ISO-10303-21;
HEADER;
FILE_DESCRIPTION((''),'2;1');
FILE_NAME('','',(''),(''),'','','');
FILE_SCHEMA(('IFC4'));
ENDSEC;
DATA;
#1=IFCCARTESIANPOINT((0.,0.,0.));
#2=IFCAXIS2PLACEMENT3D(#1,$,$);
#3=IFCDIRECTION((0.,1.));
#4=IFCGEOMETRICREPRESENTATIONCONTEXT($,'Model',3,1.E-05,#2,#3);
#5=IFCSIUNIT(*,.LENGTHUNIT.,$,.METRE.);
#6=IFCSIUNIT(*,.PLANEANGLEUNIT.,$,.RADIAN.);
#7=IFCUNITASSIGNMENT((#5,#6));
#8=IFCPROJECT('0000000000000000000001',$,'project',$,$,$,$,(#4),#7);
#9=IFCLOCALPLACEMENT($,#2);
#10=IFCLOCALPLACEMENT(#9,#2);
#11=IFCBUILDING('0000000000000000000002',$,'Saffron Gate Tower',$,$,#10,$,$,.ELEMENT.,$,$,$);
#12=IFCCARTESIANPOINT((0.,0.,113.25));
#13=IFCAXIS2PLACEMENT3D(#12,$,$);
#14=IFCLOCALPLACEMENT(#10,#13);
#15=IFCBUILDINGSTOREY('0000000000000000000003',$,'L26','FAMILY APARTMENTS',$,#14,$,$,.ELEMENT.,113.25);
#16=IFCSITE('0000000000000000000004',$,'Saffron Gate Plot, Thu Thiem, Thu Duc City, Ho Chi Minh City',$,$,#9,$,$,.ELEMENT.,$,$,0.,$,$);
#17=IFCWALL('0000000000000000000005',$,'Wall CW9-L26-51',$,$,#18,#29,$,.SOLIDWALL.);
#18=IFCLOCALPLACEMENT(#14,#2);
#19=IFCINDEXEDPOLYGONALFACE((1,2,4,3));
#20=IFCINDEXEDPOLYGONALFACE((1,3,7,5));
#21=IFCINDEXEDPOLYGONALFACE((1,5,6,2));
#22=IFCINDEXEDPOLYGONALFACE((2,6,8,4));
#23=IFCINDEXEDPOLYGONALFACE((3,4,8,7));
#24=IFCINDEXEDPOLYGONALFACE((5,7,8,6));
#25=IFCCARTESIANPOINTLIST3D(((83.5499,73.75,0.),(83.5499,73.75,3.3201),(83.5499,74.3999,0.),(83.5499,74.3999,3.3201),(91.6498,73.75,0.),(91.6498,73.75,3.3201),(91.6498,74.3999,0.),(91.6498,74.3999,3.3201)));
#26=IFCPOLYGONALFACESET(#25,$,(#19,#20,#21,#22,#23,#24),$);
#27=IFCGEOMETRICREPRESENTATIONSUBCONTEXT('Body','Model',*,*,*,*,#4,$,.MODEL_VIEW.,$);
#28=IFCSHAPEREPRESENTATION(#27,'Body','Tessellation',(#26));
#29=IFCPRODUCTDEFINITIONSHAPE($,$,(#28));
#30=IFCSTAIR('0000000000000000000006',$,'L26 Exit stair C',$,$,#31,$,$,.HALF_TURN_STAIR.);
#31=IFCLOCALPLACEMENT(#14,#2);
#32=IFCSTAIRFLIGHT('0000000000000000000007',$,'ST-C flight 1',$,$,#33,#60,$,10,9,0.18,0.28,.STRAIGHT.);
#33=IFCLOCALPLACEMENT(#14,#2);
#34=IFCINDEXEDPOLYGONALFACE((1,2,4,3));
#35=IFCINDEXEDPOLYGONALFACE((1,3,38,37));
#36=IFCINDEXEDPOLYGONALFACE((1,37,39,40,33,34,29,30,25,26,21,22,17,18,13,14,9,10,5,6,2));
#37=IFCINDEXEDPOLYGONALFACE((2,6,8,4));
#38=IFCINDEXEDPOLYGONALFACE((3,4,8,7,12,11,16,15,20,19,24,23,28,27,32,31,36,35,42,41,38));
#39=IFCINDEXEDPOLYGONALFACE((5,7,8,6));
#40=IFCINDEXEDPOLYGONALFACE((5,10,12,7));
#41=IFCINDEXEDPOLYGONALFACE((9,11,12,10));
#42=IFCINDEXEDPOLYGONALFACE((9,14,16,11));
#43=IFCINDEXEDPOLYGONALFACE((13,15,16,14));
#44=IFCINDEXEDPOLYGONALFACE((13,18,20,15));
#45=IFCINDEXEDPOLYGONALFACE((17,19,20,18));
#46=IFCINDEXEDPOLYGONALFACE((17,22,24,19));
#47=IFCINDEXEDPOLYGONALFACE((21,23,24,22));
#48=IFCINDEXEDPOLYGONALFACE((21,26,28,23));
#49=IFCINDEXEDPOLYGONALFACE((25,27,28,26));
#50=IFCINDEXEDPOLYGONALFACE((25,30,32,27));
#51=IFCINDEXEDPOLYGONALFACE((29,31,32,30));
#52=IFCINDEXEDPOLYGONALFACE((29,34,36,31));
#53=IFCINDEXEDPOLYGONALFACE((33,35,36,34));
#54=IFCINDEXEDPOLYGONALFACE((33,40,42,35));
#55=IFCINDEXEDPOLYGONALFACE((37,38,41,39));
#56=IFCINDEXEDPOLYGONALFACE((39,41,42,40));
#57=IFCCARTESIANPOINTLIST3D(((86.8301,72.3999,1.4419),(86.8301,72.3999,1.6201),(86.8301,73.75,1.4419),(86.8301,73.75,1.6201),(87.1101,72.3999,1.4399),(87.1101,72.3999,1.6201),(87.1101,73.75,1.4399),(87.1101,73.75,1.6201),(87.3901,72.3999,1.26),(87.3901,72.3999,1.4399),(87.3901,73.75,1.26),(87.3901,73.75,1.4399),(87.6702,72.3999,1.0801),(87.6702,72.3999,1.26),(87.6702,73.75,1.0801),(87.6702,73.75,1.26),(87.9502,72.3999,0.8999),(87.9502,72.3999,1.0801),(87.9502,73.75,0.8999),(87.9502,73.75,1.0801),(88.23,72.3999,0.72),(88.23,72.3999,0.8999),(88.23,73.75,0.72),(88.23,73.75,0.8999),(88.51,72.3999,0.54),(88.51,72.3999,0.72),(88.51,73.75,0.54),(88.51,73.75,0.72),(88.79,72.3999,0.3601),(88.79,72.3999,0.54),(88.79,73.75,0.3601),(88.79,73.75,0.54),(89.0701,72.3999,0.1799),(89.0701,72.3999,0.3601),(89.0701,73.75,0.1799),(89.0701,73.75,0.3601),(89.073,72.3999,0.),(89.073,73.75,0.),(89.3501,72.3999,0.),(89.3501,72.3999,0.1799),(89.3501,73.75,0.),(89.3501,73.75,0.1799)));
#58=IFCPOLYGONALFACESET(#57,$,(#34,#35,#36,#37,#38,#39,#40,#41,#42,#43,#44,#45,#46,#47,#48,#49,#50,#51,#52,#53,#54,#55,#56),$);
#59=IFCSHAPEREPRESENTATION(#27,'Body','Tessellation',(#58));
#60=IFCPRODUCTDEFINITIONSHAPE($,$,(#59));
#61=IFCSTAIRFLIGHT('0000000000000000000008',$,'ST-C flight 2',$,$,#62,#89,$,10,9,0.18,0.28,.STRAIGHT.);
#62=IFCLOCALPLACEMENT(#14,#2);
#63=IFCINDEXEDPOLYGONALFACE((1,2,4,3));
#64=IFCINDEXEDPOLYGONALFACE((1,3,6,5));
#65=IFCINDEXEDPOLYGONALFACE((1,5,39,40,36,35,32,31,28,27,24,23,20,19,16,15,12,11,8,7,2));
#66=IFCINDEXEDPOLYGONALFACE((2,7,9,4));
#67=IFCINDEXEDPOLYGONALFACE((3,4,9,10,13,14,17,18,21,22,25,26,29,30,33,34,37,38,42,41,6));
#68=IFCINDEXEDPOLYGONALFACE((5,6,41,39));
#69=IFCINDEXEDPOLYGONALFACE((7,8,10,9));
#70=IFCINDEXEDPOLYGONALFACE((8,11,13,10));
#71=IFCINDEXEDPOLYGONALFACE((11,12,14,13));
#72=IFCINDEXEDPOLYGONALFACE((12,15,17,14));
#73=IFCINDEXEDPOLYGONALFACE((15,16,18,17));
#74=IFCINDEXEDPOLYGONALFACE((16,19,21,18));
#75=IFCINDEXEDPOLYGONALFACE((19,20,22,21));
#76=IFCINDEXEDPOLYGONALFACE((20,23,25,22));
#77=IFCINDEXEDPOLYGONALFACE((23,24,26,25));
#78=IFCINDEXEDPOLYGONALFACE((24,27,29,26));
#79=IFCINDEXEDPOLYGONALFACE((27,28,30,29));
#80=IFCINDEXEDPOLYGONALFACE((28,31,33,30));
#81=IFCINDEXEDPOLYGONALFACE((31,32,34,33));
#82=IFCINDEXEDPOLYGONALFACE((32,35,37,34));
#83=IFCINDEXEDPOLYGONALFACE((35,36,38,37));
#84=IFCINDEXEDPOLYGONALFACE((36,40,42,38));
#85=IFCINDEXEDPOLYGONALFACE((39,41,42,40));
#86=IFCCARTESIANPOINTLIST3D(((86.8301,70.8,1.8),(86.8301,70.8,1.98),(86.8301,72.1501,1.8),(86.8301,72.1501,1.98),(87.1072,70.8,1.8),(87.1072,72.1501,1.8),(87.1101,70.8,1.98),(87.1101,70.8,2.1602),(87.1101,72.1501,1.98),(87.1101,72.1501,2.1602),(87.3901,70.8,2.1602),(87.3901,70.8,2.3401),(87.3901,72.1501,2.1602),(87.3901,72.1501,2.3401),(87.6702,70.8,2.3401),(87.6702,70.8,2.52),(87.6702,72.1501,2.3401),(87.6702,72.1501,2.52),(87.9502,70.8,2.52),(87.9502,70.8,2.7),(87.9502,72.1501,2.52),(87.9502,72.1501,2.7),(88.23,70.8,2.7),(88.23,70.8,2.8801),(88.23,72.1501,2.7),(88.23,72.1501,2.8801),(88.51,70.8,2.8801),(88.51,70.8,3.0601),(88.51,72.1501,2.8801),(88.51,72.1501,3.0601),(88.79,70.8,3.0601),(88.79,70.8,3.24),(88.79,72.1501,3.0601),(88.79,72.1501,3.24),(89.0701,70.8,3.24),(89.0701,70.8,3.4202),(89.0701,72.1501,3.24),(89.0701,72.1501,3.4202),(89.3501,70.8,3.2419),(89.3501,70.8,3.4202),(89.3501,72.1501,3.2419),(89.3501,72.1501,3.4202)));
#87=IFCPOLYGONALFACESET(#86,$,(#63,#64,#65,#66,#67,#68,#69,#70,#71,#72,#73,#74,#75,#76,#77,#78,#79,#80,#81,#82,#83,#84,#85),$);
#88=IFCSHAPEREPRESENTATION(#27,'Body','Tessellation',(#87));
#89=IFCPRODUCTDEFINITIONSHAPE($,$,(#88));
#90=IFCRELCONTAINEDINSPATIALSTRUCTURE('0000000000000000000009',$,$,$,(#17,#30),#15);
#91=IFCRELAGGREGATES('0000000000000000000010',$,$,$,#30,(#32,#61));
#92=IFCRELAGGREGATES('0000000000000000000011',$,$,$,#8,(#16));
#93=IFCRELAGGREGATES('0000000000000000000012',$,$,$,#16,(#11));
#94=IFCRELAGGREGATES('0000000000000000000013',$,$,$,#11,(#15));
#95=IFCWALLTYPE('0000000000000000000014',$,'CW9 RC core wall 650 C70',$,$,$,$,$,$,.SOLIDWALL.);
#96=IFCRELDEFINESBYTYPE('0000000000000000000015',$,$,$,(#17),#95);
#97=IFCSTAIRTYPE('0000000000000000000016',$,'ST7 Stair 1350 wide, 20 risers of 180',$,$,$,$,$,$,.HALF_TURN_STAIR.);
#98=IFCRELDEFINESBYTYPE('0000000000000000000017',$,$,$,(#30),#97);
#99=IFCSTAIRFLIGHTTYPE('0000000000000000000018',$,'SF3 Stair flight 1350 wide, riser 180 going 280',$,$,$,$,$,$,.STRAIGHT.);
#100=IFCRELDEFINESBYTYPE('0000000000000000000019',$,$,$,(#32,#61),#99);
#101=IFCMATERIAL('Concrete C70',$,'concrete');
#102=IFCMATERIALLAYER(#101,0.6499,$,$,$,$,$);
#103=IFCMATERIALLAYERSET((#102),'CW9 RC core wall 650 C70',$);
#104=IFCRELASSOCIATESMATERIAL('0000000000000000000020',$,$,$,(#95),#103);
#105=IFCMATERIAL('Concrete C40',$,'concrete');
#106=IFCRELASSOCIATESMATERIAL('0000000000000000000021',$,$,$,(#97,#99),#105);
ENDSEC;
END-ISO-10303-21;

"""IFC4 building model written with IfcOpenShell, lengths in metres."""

from ifc_helpers import new_model, si_unit, direction, frame, frame_2d, origin, place, context, subcontext, project, spatial, polyline, rectangle, outline, extrude, material, layer, layer_set, type_object, element, aggregate, save


model = new_model("IFC4")

# Units and contexts
model_context = context("Model", 3, precision=1e-05, world=origin(), true_north=direction((0.0, 1.0)))
body_context = subcontext(model_context, "Body", "Model", "MODEL_VIEW")
ifc_project = project(units=[si_unit("LENGTHUNIT", "METRE"), si_unit("PLANEANGLEUNIT", "RADIAN")], contexts=[model_context])

# Site, building, storey
site_placement = place(None, origin())
site = spatial("IfcSite", under=ifc_project, at=site_placement, Name="Saffron Gate Plot, Thu Thiem, Thu Duc City, Ho Chi Minh City", CompositionType="ELEMENT", RefElevation=0.0)
building_placement = place(site_placement, origin())
building = spatial("IfcBuilding", under=site, at=building_placement, Name="Saffron Gate Tower", CompositionType="ELEMENT")
storey_placement = place(building_placement, frame((0.0, 0.0, 113.25)))
storey = spatial("IfcBuildingStorey", under=building, at=storey_placement, Name="L26", Description="FAMILY APARTMENTS", CompositionType="ELEMENT", Elevation=113.25)

# Shared definitions
ifc_material_1 = material(Name="Concrete C70", Category="concrete")

# Wall
ifc_layer_1 = layer(ifc_material_1, 0.6499)
ifc_layer_set_1 = layer_set([ifc_layer_1], Name="CW9 RC core wall 650 C70")
wall_type_1 = type_object("IfcWallType", Name="CW9 RC core wall 650 C70", PredefinedType="SOLIDWALL", material=ifc_layer_set_1)
wall_1_placement = place(storey_placement, frame((83.55, 74.075, 0.0), z_axis=(0.0, 0.0, 1.0), x_axis=(1.0, 0.0, 0.0)))
element("IfcWall", 1, at=wall_1_placement, inside=storey, type_object=wall_type_1, Name="Wall CW9-L26-51", PredefinedType="SOLIDWALL", context=body_context, shape_type="SweptSolid", body=[
    extrude(rectangle(XDim=8.0999, YDim=0.6499, at=frame_2d((4.0498, 0.0))), origin(), (0.0, 0.0, 1.0), 3.3201),
])

# Stair, stair flights
ifc_material_2 = material(Name="Concrete C40", Category="concrete")
stair_type = type_object("IfcStairType", Name="ST7 Stair 1350 wide, 20 risers of 180", PredefinedType="HALF_TURN_STAIR", material=ifc_material_2)
stair_placement = place(storey_placement, origin())
stair = element("IfcStair", 2, at=stair_placement, inside=storey, type_object=stair_type, Name="L26 Exit stair C", PredefinedType="HALF_TURN_STAIR")
stair_flight_type = type_object("IfcStairFlightType", Name="SF3 Stair flight 1350 wide, riser 180 going 280", PredefinedType="STRAIGHT", material=ifc_material_2)
stair_flight_1_placement = place(storey_placement, frame((89.3501, 73.075, 0.0), z_axis=(0.0, 0.0, 1.0), x_axis=(-1.0, 0.0, 0.0)))
stair_flight_1 = element("IfcStairFlight", 3, at=stair_flight_1_placement, type_object=stair_flight_type, Name="ST-C flight 1", NumberOfRisers=10, NumberOfTreads=9, PredefinedType="STRAIGHT", RiserHeight=0.18, TreadLength=0.28, context=body_context, shape_type="SweptSolid", body=[
    extrude(outline(polyline([(0.0, 0.0), (0.0, 0.1799), (0.28, 0.1799), (0.28, 0.3601), (0.5601, 0.3601), (0.5601, 0.54), (0.8401, 0.54), (0.8401, 0.72), (1.1201, 0.72), (1.1201, 0.8999), (1.3999, 0.8999), (1.3999, 1.0801), (1.6799, 1.0801), (1.6799, 1.26), (1.96, 1.26), (1.96, 1.4399), (2.24, 1.4399), (2.24, 1.6201), (2.52, 1.6201), (2.52, 1.8), (2.52, 1.4419), (0.2771, 0.0), (0.0, 0.0)])), frame((0.0, 0.675, 0.0), z_axis=(0.0, -1.0, 0.0), x_axis=(1.0, 0.0, 0.0)), (0.0, 0.0, 1.0), 1.3501),
])
stair_flight_2_placement = place(storey_placement, frame((86.8301, 71.4751, 1.8), z_axis=(0.0, 0.0, 1.0), x_axis=(1.0, 0.0, 0.0)))
stair_flight_2 = element("IfcStairFlight", 4, at=stair_flight_2_placement, type_object=stair_flight_type, Name="ST-C flight 2", NumberOfRisers=10, NumberOfTreads=9, PredefinedType="STRAIGHT", RiserHeight=0.18, TreadLength=0.28, context=body_context, shape_type="SweptSolid", body=[
    extrude(outline(polyline([(0.0, 0.0), (0.0, 0.1799), (0.28, 0.1799), (0.28, 0.3601), (0.5601, 0.3601), (0.5601, 0.54), (0.8401, 0.54), (0.8401, 0.72), (1.1201, 0.72), (1.1201, 0.8999), (1.3999, 0.8999), (1.3999, 1.0801), (1.6799, 1.0801), (1.6799, 1.26), (1.96, 1.26), (1.96, 1.4399), (2.24, 1.4399), (2.24, 1.6201), (2.52, 1.6201), (2.52, 1.8), (2.52, 1.4419), (0.2771, 0.0), (0.0, 0.0)])), frame((0.0, 0.675, 0.0), z_axis=(0.0, -1.0, 0.0), x_axis=(1.0, 0.0, 0.0)), (0.0, 0.0, 1.0), 1.3501),
])
aggregate(stair, [stair_flight_1, stair_flight_2])

save(model, "model.ifc")
